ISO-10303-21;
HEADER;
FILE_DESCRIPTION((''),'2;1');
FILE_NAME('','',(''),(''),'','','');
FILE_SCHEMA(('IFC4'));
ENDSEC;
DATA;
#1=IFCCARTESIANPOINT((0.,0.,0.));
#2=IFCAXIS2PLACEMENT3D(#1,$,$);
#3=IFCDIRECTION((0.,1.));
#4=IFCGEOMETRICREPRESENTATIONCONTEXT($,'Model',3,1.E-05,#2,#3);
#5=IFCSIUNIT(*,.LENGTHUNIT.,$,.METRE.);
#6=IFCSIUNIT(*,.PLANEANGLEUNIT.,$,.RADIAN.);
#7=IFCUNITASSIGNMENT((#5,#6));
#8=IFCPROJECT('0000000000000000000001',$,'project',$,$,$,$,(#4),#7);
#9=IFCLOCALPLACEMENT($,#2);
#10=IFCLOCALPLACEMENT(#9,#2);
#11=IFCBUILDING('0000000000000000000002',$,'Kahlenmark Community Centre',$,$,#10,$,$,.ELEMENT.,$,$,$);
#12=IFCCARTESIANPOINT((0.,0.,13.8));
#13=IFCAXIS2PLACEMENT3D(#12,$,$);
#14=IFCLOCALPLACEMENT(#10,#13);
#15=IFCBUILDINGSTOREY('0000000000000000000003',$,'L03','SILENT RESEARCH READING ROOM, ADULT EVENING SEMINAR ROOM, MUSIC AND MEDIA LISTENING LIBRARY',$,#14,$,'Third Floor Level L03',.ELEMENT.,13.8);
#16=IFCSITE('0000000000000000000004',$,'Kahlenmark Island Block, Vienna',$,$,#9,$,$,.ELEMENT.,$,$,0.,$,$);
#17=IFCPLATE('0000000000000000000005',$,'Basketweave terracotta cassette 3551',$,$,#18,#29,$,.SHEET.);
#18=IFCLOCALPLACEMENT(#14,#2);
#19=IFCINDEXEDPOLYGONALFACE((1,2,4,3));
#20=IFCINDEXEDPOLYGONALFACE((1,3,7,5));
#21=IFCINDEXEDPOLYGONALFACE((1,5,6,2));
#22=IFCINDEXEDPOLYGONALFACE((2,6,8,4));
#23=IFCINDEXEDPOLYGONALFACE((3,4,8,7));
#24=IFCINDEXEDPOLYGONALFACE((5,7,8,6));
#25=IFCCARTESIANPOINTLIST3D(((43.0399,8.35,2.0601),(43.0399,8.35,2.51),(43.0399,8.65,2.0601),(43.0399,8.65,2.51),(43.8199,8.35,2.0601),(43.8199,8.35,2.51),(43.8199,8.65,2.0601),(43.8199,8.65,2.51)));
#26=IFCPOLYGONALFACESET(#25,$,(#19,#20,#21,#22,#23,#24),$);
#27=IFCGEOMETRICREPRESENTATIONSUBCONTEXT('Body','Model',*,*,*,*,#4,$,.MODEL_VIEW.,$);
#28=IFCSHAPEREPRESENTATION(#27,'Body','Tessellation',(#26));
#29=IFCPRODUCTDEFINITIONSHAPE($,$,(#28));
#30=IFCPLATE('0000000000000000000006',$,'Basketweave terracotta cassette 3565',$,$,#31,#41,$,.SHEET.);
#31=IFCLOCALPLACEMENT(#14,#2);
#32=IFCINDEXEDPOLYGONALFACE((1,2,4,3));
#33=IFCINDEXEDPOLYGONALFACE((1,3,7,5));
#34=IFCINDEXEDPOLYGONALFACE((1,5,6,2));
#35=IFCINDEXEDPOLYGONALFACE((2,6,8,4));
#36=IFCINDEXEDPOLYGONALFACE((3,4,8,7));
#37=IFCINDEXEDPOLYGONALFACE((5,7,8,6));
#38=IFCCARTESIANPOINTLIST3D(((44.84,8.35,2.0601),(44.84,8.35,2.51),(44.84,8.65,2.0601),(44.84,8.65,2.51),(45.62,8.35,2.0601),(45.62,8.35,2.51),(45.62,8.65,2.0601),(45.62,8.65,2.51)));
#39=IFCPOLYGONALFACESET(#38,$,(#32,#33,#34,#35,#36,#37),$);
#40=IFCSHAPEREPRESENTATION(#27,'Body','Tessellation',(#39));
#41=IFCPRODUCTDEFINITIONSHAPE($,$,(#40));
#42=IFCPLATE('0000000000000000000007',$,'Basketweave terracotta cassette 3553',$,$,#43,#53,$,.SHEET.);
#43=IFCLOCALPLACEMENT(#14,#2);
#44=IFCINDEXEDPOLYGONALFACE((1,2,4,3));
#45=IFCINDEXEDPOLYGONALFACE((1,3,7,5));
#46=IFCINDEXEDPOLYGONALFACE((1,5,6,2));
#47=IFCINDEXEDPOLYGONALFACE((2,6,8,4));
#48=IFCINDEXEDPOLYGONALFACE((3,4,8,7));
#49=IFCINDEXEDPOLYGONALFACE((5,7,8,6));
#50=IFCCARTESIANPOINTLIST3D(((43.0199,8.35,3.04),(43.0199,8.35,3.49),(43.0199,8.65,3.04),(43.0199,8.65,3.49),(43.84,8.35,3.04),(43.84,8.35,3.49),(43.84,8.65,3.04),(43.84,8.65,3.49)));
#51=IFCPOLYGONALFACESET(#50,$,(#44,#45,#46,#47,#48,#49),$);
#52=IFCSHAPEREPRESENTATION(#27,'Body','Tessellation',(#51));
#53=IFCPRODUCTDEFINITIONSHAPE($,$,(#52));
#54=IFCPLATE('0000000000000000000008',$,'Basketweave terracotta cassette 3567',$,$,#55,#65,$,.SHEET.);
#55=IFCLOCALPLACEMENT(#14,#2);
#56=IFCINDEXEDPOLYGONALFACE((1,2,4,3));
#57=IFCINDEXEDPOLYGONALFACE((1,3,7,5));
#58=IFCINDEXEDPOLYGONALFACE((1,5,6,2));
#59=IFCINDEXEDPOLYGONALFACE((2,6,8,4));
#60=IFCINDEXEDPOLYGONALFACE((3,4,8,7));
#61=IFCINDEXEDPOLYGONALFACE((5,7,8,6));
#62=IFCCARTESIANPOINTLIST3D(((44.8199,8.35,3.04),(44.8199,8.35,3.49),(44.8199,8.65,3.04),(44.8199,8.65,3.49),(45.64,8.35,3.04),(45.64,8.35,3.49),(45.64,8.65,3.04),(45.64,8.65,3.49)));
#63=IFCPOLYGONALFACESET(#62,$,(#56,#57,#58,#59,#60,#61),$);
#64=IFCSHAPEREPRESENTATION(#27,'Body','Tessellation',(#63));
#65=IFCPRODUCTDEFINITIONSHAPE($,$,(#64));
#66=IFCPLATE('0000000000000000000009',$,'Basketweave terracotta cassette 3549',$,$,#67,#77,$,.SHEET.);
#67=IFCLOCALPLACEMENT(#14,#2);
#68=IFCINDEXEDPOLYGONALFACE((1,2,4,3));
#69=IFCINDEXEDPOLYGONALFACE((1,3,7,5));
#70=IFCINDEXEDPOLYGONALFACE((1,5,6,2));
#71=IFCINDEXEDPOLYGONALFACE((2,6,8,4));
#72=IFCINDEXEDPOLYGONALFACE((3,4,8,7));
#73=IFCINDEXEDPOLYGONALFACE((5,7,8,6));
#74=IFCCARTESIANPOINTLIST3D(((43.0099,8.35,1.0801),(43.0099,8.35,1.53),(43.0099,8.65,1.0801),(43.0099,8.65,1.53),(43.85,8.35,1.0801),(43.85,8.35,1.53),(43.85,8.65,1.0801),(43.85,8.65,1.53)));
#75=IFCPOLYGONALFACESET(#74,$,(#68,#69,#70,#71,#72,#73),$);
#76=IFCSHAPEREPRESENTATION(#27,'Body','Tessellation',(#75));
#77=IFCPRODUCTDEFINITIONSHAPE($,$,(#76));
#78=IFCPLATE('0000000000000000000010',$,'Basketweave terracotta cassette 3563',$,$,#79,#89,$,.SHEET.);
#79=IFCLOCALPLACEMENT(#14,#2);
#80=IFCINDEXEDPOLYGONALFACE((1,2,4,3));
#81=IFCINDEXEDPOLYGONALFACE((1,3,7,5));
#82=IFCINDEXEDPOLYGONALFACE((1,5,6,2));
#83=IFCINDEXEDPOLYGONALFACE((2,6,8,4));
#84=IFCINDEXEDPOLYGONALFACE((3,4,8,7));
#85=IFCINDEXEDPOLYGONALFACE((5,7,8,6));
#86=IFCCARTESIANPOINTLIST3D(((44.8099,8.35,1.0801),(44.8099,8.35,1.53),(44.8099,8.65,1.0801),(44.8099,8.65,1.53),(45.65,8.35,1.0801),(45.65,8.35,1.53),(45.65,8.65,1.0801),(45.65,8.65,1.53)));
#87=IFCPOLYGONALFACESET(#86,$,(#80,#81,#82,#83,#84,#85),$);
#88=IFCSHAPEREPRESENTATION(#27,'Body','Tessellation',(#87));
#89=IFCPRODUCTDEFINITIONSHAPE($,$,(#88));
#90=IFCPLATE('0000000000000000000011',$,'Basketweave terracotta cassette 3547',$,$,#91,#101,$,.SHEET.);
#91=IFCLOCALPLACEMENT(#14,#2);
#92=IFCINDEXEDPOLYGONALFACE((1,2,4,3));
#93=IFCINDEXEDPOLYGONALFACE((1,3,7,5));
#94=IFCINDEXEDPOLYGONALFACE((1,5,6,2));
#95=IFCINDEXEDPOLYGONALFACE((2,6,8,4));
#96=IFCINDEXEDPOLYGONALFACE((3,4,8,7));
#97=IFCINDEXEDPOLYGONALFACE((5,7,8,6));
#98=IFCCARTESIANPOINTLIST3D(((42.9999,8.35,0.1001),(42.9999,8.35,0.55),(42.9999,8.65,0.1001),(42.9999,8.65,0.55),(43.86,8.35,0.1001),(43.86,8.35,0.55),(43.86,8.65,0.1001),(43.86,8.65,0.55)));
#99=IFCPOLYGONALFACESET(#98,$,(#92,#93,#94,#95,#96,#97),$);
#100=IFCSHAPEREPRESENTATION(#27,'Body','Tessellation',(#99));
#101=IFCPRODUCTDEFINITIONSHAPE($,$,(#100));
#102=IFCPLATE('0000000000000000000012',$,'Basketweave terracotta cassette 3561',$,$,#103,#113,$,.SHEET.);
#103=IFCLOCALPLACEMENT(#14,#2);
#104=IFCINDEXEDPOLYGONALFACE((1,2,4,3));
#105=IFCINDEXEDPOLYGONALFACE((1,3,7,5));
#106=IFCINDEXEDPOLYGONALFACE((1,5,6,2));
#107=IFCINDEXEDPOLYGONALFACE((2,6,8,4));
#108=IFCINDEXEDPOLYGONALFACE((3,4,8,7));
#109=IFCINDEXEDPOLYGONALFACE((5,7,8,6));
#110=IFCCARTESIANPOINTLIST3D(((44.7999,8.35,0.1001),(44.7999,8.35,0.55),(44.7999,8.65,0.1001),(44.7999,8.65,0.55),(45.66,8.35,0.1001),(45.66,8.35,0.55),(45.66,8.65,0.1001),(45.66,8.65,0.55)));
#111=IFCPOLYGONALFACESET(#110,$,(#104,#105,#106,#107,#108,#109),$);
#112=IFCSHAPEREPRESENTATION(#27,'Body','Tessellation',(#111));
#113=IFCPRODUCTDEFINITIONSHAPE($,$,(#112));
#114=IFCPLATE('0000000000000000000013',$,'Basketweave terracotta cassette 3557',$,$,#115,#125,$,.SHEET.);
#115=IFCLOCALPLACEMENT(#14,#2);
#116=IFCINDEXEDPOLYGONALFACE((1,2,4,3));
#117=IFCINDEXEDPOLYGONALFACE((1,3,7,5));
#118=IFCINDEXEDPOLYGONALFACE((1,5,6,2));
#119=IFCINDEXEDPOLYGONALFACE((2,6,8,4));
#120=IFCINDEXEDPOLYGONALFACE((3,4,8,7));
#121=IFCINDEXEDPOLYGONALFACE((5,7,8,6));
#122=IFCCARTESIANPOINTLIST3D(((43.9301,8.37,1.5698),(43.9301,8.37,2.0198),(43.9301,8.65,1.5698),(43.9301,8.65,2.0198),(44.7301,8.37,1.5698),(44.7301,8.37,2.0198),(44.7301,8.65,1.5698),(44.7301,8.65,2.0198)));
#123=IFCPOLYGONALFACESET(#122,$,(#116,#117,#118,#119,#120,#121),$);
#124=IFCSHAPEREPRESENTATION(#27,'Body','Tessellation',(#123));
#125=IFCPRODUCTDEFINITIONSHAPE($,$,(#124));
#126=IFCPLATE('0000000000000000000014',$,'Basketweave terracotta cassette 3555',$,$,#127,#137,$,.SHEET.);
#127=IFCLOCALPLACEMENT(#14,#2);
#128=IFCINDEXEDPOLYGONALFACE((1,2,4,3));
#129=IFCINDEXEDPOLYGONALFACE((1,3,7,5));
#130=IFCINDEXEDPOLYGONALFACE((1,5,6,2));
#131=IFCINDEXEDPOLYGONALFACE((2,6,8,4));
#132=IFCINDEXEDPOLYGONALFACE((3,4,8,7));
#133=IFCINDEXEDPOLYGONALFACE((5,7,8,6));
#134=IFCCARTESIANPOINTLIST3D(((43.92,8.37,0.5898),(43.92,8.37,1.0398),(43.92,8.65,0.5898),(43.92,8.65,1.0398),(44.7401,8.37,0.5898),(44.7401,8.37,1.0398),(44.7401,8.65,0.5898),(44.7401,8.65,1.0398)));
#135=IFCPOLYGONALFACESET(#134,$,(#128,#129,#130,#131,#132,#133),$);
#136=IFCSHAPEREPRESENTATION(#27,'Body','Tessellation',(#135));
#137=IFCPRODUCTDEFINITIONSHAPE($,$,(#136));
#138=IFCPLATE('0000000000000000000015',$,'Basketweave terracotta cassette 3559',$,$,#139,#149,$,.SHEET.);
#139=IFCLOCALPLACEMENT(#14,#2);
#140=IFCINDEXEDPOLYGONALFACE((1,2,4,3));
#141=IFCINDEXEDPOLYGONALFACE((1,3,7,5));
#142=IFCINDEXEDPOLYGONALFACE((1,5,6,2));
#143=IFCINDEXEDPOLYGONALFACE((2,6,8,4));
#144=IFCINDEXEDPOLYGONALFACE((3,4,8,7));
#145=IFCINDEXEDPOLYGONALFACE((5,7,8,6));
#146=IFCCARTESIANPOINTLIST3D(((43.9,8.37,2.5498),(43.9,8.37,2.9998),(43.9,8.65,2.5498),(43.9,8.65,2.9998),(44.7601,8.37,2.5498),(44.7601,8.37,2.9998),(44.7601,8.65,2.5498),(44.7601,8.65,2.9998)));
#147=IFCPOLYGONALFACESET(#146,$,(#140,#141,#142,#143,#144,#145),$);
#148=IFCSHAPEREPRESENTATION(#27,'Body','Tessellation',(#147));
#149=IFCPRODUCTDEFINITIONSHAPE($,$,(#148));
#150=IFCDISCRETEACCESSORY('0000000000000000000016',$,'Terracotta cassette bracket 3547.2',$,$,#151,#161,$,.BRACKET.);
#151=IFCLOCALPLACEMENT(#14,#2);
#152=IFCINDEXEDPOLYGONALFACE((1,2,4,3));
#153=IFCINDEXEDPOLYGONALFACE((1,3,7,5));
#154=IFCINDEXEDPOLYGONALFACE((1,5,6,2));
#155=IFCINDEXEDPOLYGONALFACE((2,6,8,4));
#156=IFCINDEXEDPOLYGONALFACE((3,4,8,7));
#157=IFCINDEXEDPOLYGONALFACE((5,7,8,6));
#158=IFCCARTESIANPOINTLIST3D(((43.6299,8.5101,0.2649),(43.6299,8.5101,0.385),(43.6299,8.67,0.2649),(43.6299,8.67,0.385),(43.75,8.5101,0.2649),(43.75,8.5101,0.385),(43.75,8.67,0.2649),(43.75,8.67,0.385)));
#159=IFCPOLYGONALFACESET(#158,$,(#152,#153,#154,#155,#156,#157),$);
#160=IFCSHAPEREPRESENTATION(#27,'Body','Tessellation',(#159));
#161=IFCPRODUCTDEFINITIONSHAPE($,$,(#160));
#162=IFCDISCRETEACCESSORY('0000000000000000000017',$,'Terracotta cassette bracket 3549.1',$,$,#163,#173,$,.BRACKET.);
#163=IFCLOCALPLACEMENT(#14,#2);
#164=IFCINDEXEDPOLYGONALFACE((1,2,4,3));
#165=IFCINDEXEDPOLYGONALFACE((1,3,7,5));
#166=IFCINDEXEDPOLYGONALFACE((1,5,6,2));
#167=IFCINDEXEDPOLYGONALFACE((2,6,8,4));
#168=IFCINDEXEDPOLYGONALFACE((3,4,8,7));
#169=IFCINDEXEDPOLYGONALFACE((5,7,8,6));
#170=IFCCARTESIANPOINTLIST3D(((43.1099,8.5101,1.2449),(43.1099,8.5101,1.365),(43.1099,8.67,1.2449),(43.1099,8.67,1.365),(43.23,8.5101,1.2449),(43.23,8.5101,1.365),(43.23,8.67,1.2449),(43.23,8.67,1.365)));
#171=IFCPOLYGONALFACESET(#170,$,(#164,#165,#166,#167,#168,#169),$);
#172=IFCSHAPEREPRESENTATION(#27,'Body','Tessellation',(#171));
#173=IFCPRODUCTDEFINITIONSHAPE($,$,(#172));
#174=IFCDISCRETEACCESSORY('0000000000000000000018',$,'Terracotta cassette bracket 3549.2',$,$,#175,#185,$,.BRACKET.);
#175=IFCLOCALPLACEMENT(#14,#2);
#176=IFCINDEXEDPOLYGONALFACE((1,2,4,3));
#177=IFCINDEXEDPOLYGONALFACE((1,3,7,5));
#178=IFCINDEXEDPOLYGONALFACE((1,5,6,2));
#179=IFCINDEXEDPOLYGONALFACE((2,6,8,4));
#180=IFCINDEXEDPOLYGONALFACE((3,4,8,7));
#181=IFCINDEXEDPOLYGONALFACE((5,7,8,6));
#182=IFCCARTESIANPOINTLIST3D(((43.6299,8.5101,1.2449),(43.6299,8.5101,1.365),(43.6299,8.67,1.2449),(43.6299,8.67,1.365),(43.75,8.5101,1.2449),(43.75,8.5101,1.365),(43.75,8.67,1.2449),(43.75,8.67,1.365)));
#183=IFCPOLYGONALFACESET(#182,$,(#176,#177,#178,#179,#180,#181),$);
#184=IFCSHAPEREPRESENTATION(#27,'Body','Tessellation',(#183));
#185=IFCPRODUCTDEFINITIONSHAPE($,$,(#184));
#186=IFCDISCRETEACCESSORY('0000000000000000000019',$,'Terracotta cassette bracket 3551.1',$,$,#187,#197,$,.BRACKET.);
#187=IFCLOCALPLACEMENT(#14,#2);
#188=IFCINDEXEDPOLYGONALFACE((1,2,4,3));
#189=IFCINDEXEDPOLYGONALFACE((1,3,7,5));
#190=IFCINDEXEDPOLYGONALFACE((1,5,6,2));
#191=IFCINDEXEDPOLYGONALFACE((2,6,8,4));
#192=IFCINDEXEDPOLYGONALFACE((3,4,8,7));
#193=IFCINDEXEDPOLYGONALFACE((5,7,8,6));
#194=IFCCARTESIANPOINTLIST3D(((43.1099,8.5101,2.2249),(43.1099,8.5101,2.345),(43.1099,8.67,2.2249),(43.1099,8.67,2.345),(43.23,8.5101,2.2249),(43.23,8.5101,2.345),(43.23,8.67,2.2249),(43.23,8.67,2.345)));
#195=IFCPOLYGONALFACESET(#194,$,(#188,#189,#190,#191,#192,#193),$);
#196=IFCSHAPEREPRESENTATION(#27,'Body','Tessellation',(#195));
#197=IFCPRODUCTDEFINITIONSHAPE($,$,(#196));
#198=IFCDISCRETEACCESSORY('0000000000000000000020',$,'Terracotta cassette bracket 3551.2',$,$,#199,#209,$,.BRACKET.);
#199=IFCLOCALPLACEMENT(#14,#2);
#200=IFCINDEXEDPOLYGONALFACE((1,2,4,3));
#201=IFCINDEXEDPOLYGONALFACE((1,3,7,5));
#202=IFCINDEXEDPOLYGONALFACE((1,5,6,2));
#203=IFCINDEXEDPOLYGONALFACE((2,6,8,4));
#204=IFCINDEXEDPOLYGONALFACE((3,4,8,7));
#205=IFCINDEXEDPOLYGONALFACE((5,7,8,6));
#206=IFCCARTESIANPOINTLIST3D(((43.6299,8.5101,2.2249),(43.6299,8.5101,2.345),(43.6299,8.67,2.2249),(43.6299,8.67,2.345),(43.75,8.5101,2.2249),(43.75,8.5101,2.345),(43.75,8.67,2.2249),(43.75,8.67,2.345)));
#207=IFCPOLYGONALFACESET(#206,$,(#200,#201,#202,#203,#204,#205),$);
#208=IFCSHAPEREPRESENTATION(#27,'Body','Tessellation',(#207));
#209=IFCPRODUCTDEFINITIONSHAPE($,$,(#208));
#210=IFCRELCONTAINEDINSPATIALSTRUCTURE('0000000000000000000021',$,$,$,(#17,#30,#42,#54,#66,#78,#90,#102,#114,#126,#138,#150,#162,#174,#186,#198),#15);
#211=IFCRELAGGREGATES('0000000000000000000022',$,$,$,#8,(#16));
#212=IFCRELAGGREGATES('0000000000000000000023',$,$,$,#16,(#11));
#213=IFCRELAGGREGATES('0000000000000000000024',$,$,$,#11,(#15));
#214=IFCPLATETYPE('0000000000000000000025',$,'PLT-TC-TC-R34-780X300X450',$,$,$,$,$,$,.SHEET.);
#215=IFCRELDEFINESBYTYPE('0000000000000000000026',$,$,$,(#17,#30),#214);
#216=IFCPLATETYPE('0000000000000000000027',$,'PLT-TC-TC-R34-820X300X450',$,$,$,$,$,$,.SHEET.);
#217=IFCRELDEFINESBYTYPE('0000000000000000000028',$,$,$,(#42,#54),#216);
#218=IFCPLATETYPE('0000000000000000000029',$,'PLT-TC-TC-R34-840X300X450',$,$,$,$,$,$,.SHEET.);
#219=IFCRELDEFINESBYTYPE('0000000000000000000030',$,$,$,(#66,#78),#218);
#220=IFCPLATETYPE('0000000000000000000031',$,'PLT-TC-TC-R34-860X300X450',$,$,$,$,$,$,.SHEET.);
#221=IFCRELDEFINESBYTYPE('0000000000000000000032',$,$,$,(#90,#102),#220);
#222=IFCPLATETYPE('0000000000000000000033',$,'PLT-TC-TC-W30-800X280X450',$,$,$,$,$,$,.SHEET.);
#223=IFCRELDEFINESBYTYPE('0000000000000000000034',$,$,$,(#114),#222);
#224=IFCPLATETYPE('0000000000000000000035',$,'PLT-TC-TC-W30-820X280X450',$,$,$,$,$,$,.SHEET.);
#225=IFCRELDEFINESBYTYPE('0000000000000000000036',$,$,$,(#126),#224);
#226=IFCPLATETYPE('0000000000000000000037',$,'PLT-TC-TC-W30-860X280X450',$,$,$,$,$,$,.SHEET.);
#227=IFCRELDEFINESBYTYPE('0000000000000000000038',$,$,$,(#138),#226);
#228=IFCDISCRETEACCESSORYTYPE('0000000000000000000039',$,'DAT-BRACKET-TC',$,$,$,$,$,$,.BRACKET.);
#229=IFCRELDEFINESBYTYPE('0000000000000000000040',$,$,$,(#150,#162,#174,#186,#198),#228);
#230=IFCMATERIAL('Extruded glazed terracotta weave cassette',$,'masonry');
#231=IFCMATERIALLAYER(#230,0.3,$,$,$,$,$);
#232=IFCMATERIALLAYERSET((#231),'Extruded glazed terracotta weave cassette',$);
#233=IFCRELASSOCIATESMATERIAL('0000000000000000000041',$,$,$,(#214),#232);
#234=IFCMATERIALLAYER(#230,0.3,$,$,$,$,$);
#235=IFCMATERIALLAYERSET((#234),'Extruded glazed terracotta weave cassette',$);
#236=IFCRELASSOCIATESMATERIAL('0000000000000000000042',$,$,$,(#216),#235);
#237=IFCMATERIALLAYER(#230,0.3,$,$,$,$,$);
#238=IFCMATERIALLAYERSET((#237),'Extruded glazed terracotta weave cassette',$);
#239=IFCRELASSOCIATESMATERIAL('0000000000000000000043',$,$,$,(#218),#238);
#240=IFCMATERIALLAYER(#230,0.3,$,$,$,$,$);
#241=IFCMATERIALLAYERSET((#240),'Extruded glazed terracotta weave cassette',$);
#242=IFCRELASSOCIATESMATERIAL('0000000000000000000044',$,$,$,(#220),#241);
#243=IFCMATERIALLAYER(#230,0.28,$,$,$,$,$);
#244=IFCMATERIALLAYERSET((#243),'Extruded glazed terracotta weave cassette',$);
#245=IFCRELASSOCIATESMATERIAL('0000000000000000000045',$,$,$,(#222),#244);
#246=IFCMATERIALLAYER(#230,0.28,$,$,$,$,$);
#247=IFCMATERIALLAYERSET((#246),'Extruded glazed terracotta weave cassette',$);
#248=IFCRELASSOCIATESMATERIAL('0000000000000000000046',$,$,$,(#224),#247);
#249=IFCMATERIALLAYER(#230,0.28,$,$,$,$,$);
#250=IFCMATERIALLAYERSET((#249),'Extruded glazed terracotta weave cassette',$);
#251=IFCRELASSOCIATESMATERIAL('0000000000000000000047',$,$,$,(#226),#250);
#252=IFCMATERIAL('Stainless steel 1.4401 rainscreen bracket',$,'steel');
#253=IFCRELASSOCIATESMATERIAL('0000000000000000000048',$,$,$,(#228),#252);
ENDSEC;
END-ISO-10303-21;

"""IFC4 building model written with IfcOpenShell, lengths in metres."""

from ifc_helpers import new_model, si_unit, direction, frame, origin, origin_2d, place, context, subcontext, project, spatial, rectangle, extrude, material, layer, layer_set, type_object, element, save


model = new_model("IFC4")

# Units and contexts
model_context = context("Model", 3, precision=1e-05, world=origin(), true_north=direction((0.0, 1.0)))
body_context = subcontext(model_context, "Body", "Model", "MODEL_VIEW")
ifc_project = project(units=[si_unit("LENGTHUNIT", "METRE"), si_unit("PLANEANGLEUNIT", "RADIAN")], contexts=[model_context])

# Site, building, storey
site_placement = place(None, origin())
site = spatial("IfcSite", under=ifc_project, at=site_placement, Name="Kahlenmark Island Block, Vienna", CompositionType="ELEMENT", RefElevation=0.0)
building_placement = place(site_placement, origin())
building = spatial("IfcBuilding", under=site, at=building_placement, Name="Kahlenmark Community Centre", CompositionType="ELEMENT")
storey_placement = place(building_placement, frame((0.0, 0.0, 13.8)))
storey = spatial("IfcBuildingStorey", under=building, at=storey_placement, Name="L03", Description="SILENT RESEARCH READING ROOM, ADULT EVENING SEMINAR ROOM, MUSIC AND MEDIA LISTENING LIBRARY", LongName="Third Floor Level L03", CompositionType="ELEMENT", Elevation=13.8)

# Plates
ifc_material_1 = material(Name="Extruded glazed terracotta weave cassette", Category="masonry")
ifc_layer_1 = layer(ifc_material_1, 0.3)
ifc_layer_set_1 = layer_set([ifc_layer_1], Name="Extruded glazed terracotta weave cassette")
plate_type_1 = type_object("IfcPlateType", Name="PLT-TC-TC-R34-780X300X450", PredefinedType="SHEET", material=ifc_layer_set_1)
for number, where, z_axis, x_axis, name in (
    (1, (43.4299, 8.5, 2.0601), (0.0, 0.0, 1.0), (1.0, 0.0, 0.0), "Basketweave terracotta cassette 3551"),
    (2, (45.23, 8.5, 2.0601), (0.0, 0.0, 1.0), (1.0, 0.0, 0.0), "Basketweave terracotta cassette 3565"),
):
    element("IfcPlate", number, at=place(storey_placement, frame(where, z_axis=z_axis, x_axis=x_axis)), inside=storey, type_object=plate_type_1, Name=name, PredefinedType="SHEET", context=body_context, shape_type="SweptSolid", body=[
        extrude(rectangle(XDim=0.78, YDim=0.3, at=origin_2d()), origin(), (0.0, 0.0, 1.0), 0.45),
    ])
ifc_layer_2 = layer(ifc_material_1, 0.3)
ifc_layer_set_2 = layer_set([ifc_layer_2], Name="Extruded glazed terracotta weave cassette")
plate_type_2 = type_object("IfcPlateType", Name="PLT-TC-TC-R34-820X300X450", PredefinedType="SHEET", material=ifc_layer_set_2)
for number, where, z_axis, x_axis, name in (
    (3, (43.4299, 8.5, 3.04), (0.0, 0.0, 1.0), (1.0, 0.0, 0.0), "Basketweave terracotta cassette 3553"),
    (4, (45.23, 8.5, 3.04), (0.0, 0.0, 1.0), (1.0, 0.0, 0.0), "Basketweave terracotta cassette 3567"),
):
    element("IfcPlate", number, at=place(storey_placement, frame(where, z_axis=z_axis, x_axis=x_axis)), inside=storey, type_object=plate_type_2, Name=name, PredefinedType="SHEET", context=body_context, shape_type="SweptSolid", body=[
        extrude(rectangle(XDim=0.8201, YDim=0.3, at=origin_2d()), origin(), (0.0, 0.0, 1.0), 0.45),
    ])
ifc_layer_3 = layer(ifc_material_1, 0.3)
ifc_layer_set_3 = layer_set([ifc_layer_3], Name="Extruded glazed terracotta weave cassette")
plate_type_3 = type_object("IfcPlateType", Name="PLT-TC-TC-R34-840X300X450", PredefinedType="SHEET", material=ifc_layer_set_3)
for number, where, z_axis, x_axis, name in (
    (5, (43.4299, 8.5, 1.0801), (0.0, 0.0, 1.0), (1.0, 0.0, 0.0), "Basketweave terracotta cassette 3549"),
    (6, (45.23, 8.5, 1.0801), (0.0, 0.0, 1.0), (1.0, 0.0, 0.0), "Basketweave terracotta cassette 3563"),
):
    element("IfcPlate", number, at=place(storey_placement, frame(where, z_axis=z_axis, x_axis=x_axis)), inside=storey, type_object=plate_type_3, Name=name, PredefinedType="SHEET", context=body_context, shape_type="SweptSolid", body=[
        extrude(rectangle(XDim=0.8401, YDim=0.3, at=origin_2d()), origin(), (0.0, 0.0, 1.0), 0.45),
    ])
ifc_layer_4 = layer(ifc_material_1, 0.3)
ifc_layer_set_4 = layer_set([ifc_layer_4], Name="Extruded glazed terracotta weave cassette")
plate_type_4 = type_object("IfcPlateType", Name="PLT-TC-TC-R34-860X300X450", PredefinedType="SHEET", material=ifc_layer_set_4)
for number, where, z_axis, x_axis, name in (
    (7, (43.4299, 8.5, 0.1001), (0.0, 0.0, 1.0), (1.0, 0.0, 0.0), "Basketweave terracotta cassette 3547"),
    (8, (45.23, 8.5, 0.1001), (0.0, 0.0, 1.0), (1.0, 0.0, 0.0), "Basketweave terracotta cassette 3561"),
):
    element("IfcPlate", number, at=place(storey_placement, frame(where, z_axis=z_axis, x_axis=x_axis)), inside=storey, type_object=plate_type_4, Name=name, PredefinedType="SHEET", context=body_context, shape_type="SweptSolid", body=[
        extrude(rectangle(XDim=0.8601, YDim=0.3, at=origin_2d()), origin(), (0.0, 0.0, 1.0), 0.45),
    ])
ifc_layer_5 = layer(ifc_material_1, 0.28)
ifc_layer_set_5 = layer_set([ifc_layer_5], Name="Extruded glazed terracotta weave cassette")
plate_type_5 = type_object("IfcPlateType", Name="PLT-TC-TC-W30-800X280X450", PredefinedType="SHEET", material=ifc_layer_set_5)
plate_1_placement = place(storey_placement, frame((44.3301, 8.51, 1.5698), z_axis=(0.0, 0.0, 1.0), x_axis=(1.0, 0.0, 0.0)))
element("IfcPlate", 9, at=plate_1_placement, inside=storey, type_object=plate_type_5, Name="Basketweave terracotta cassette 3557", PredefinedType="SHEET", context=body_context, shape_type="SweptSolid", body=[
    extrude(rectangle(XDim=0.8, YDim=0.28, at=origin_2d()), origin(), (0.0, 0.0, 1.0), 0.45),
])
ifc_layer_6 = layer(ifc_material_1, 0.28)
ifc_layer_set_6 = layer_set([ifc_layer_6], Name="Extruded glazed terracotta weave cassette")
plate_type_6 = type_object("IfcPlateType", Name="PLT-TC-TC-W30-820X280X450", PredefinedType="SHEET", material=ifc_layer_set_6)
plate_2_placement = place(storey_placement, frame((44.3301, 8.51, 0.5898), z_axis=(0.0, 0.0, 1.0), x_axis=(1.0, 0.0, 0.0)))
element("IfcPlate", 10, at=plate_2_placement, inside=storey, type_object=plate_type_6, Name="Basketweave terracotta cassette 3555", PredefinedType="SHEET", context=body_context, shape_type="SweptSolid", body=[
    extrude(rectangle(XDim=0.8201, YDim=0.28, at=origin_2d()), origin(), (0.0, 0.0, 1.0), 0.45),
])
ifc_layer_7 = layer(ifc_material_1, 0.28)
ifc_layer_set_7 = layer_set([ifc_layer_7], Name="Extruded glazed terracotta weave cassette")
plate_type_7 = type_object("IfcPlateType", Name="PLT-TC-TC-W30-860X280X450", PredefinedType="SHEET", material=ifc_layer_set_7)
plate_3_placement = place(storey_placement, frame((44.3301, 8.51, 2.5498), z_axis=(0.0, 0.0, 1.0), x_axis=(1.0, 0.0, 0.0)))
element("IfcPlate", 11, at=plate_3_placement, inside=storey, type_object=plate_type_7, Name="Basketweave terracotta cassette 3559", PredefinedType="SHEET", context=body_context, shape_type="SweptSolid", body=[
    extrude(rectangle(XDim=0.8601, YDim=0.28, at=origin_2d()), origin(), (0.0, 0.0, 1.0), 0.45),
])

# Discrete accessories
ifc_material_2 = material(Name="Stainless steel 1.4401 rainscreen bracket", Category="steel")
discrete_accessory_type = type_object("IfcDiscreteAccessoryType", Name="DAT-BRACKET-TC", PredefinedType="BRACKET", material=ifc_material_2)
for number, where, z_axis, x_axis, name in (
    (12, (43.6899, 8.5901, 0.2649), (0.0, 0.0, 1.0), (1.0, 0.0, 0.0), "Terracotta cassette bracket 3547.2"),
    (13, (43.1699, 8.5901, 1.2449), (0.0, 0.0, 1.0), (1.0, 0.0, 0.0), "Terracotta cassette bracket 3549.1"),
    (14, (43.6899, 8.5901, 1.2449), (0.0, 0.0, 1.0), (1.0, 0.0, 0.0), "Terracotta cassette bracket 3549.2"),
    (15, (43.1699, 8.5901, 2.2249), (0.0, 0.0, 1.0), (1.0, 0.0, 0.0), "Terracotta cassette bracket 3551.1"),
    (16, (43.6899, 8.5901, 2.2249), (0.0, 0.0, 1.0), (1.0, 0.0, 0.0), "Terracotta cassette bracket 3551.2"),
):
    element("IfcDiscreteAccessory", number, at=place(storey_placement, frame(where, z_axis=z_axis, x_axis=x_axis)), inside=storey, type_object=discrete_accessory_type, Name=name, PredefinedType="BRACKET", context=body_context, shape_type="SweptSolid", body=[
        extrude(rectangle(XDim=0.1201, YDim=0.1599, at=origin_2d()), origin(), (0.0, 0.0, 1.0), 0.1201),
    ])

save(model, "model.ifc")
